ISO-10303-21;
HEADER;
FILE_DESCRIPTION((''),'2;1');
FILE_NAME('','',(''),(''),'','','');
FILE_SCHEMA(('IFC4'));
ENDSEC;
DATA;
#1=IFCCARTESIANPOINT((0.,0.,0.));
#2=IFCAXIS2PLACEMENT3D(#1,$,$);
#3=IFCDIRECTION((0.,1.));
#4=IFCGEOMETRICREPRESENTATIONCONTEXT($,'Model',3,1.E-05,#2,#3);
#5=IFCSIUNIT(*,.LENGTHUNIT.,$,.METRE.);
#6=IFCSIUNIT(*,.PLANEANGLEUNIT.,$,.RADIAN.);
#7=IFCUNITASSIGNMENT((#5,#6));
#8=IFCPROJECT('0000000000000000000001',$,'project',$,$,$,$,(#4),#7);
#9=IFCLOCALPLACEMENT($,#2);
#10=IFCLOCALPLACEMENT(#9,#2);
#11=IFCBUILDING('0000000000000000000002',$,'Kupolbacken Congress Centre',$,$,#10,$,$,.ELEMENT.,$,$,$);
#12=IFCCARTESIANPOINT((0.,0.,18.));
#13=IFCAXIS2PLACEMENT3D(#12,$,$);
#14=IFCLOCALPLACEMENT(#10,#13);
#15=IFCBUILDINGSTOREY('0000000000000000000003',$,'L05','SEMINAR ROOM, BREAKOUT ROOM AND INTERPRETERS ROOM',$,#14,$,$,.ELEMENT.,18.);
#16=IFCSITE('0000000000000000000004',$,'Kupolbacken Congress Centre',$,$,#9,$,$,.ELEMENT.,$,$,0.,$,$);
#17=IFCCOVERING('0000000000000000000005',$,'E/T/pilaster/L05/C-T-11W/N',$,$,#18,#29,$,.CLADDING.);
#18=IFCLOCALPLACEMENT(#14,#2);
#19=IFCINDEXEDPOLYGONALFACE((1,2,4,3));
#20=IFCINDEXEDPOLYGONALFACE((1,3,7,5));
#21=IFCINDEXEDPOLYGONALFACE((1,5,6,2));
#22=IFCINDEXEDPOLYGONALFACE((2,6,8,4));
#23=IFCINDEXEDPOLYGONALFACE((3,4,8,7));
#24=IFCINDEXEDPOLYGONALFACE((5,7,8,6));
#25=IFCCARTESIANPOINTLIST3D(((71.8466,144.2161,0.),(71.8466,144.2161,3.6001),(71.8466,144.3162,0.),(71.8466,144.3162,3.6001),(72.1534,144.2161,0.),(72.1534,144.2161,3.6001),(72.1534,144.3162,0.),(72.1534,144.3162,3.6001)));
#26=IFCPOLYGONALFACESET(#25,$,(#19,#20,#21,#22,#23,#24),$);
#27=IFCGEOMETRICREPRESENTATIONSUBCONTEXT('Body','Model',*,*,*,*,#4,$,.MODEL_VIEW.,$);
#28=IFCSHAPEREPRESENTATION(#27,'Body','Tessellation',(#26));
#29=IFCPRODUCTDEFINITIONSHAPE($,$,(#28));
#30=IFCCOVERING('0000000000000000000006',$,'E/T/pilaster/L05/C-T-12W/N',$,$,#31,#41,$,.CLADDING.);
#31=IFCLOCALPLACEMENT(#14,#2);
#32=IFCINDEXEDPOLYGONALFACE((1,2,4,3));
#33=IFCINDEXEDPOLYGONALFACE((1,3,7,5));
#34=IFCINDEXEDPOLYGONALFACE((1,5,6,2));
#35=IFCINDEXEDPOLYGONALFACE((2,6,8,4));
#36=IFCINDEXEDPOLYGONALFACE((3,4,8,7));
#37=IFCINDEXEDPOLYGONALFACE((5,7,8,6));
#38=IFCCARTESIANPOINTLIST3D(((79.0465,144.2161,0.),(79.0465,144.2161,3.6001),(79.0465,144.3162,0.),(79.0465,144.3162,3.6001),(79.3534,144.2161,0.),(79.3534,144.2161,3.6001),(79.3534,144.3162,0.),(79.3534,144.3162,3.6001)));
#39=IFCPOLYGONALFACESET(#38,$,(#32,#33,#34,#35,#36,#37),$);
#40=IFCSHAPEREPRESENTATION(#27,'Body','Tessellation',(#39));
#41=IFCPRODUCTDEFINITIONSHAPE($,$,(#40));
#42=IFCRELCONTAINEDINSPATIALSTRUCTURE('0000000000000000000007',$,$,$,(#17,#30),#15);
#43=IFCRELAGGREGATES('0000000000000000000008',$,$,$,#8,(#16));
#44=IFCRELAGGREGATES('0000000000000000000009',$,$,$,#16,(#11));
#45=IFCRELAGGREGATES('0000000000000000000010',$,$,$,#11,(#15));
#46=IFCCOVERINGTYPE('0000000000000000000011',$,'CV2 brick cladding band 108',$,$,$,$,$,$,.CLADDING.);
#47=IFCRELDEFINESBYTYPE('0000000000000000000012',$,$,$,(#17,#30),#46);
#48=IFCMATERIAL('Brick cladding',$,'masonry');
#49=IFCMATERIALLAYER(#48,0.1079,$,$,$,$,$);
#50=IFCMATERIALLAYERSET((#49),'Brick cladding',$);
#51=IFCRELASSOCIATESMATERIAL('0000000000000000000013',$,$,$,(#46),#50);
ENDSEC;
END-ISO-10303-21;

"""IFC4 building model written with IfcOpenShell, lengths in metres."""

from ifc_helpers import new_model, si_unit, direction, frame, origin, origin_2d, place, context, subcontext, project, spatial, rectangle, extrude, material, layer, layer_set, type_object, element, save


model = new_model("IFC4")

# Units and contexts
model_context = context("Model", 3, precision=1e-05, world=origin(), true_north=direction((0.0, 1.0)))
body_context = subcontext(model_context, "Body", "Model", "MODEL_VIEW")
ifc_project = project(units=[si_unit("LENGTHUNIT", "METRE"), si_unit("PLANEANGLEUNIT", "RADIAN")], contexts=[model_context])

# Site, building, storey
site_placement = place(None, origin())
site = spatial("IfcSite", under=ifc_project, at=site_placement, Name="Kupolbacken Congress Centre", CompositionType="ELEMENT", RefElevation=0.0)
building_placement = place(site_placement, origin())
building = spatial("IfcBuilding", under=site, at=building_placement, Name="Kupolbacken Congress Centre", CompositionType="ELEMENT")
storey_placement = place(building_placement, frame((0.0, 0.0, 18.0)))
storey = spatial("IfcBuildingStorey", under=building, at=storey_placement, Name="L05", Description="SEMINAR ROOM, BREAKOUT ROOM AND INTERPRETERS ROOM", CompositionType="ELEMENT", Elevation=18.0)

# Coverings
ifc_material_1 = material(Name="Brick cladding", Category="masonry")
ifc_layer_1 = layer(ifc_material_1, 0.1079)
ifc_layer_set_1 = layer_set([ifc_layer_1], Name="Brick cladding")
covering_type_1 = type_object("IfcCoveringType", Name="CV2 brick cladding band 108", PredefinedType="CLADDING", material=ifc_layer_set_1)
for number, where, z_axis, x_axis, name in (
    (1, (72.0, 144.2661, 0.0), (0.0, 0.0, 1.0), (1.0, 0.0, 0.0), "E/T/pilaster/L05/C-T-11W/N"),
    (2, (79.2, 144.2661, 0.0), (0.0, 0.0, 1.0), (1.0, 0.0, 0.0), "E/T/pilaster/L05/C-T-12W/N"),
):
    element("IfcCovering", number, at=place(storey_placement, frame(where, z_axis=z_axis, x_axis=x_axis)), inside=storey, type_object=covering_type_1, Name=name, PredefinedType="CLADDING", context=body_context, shape_type="SweptSolid", body=[
        extrude(rectangle(XDim=0.3069, YDim=0.1001, at=origin_2d()), origin(), (0.0, 0.0, 1.0), 3.6001),
    ])

save(model, "model.ifc")
